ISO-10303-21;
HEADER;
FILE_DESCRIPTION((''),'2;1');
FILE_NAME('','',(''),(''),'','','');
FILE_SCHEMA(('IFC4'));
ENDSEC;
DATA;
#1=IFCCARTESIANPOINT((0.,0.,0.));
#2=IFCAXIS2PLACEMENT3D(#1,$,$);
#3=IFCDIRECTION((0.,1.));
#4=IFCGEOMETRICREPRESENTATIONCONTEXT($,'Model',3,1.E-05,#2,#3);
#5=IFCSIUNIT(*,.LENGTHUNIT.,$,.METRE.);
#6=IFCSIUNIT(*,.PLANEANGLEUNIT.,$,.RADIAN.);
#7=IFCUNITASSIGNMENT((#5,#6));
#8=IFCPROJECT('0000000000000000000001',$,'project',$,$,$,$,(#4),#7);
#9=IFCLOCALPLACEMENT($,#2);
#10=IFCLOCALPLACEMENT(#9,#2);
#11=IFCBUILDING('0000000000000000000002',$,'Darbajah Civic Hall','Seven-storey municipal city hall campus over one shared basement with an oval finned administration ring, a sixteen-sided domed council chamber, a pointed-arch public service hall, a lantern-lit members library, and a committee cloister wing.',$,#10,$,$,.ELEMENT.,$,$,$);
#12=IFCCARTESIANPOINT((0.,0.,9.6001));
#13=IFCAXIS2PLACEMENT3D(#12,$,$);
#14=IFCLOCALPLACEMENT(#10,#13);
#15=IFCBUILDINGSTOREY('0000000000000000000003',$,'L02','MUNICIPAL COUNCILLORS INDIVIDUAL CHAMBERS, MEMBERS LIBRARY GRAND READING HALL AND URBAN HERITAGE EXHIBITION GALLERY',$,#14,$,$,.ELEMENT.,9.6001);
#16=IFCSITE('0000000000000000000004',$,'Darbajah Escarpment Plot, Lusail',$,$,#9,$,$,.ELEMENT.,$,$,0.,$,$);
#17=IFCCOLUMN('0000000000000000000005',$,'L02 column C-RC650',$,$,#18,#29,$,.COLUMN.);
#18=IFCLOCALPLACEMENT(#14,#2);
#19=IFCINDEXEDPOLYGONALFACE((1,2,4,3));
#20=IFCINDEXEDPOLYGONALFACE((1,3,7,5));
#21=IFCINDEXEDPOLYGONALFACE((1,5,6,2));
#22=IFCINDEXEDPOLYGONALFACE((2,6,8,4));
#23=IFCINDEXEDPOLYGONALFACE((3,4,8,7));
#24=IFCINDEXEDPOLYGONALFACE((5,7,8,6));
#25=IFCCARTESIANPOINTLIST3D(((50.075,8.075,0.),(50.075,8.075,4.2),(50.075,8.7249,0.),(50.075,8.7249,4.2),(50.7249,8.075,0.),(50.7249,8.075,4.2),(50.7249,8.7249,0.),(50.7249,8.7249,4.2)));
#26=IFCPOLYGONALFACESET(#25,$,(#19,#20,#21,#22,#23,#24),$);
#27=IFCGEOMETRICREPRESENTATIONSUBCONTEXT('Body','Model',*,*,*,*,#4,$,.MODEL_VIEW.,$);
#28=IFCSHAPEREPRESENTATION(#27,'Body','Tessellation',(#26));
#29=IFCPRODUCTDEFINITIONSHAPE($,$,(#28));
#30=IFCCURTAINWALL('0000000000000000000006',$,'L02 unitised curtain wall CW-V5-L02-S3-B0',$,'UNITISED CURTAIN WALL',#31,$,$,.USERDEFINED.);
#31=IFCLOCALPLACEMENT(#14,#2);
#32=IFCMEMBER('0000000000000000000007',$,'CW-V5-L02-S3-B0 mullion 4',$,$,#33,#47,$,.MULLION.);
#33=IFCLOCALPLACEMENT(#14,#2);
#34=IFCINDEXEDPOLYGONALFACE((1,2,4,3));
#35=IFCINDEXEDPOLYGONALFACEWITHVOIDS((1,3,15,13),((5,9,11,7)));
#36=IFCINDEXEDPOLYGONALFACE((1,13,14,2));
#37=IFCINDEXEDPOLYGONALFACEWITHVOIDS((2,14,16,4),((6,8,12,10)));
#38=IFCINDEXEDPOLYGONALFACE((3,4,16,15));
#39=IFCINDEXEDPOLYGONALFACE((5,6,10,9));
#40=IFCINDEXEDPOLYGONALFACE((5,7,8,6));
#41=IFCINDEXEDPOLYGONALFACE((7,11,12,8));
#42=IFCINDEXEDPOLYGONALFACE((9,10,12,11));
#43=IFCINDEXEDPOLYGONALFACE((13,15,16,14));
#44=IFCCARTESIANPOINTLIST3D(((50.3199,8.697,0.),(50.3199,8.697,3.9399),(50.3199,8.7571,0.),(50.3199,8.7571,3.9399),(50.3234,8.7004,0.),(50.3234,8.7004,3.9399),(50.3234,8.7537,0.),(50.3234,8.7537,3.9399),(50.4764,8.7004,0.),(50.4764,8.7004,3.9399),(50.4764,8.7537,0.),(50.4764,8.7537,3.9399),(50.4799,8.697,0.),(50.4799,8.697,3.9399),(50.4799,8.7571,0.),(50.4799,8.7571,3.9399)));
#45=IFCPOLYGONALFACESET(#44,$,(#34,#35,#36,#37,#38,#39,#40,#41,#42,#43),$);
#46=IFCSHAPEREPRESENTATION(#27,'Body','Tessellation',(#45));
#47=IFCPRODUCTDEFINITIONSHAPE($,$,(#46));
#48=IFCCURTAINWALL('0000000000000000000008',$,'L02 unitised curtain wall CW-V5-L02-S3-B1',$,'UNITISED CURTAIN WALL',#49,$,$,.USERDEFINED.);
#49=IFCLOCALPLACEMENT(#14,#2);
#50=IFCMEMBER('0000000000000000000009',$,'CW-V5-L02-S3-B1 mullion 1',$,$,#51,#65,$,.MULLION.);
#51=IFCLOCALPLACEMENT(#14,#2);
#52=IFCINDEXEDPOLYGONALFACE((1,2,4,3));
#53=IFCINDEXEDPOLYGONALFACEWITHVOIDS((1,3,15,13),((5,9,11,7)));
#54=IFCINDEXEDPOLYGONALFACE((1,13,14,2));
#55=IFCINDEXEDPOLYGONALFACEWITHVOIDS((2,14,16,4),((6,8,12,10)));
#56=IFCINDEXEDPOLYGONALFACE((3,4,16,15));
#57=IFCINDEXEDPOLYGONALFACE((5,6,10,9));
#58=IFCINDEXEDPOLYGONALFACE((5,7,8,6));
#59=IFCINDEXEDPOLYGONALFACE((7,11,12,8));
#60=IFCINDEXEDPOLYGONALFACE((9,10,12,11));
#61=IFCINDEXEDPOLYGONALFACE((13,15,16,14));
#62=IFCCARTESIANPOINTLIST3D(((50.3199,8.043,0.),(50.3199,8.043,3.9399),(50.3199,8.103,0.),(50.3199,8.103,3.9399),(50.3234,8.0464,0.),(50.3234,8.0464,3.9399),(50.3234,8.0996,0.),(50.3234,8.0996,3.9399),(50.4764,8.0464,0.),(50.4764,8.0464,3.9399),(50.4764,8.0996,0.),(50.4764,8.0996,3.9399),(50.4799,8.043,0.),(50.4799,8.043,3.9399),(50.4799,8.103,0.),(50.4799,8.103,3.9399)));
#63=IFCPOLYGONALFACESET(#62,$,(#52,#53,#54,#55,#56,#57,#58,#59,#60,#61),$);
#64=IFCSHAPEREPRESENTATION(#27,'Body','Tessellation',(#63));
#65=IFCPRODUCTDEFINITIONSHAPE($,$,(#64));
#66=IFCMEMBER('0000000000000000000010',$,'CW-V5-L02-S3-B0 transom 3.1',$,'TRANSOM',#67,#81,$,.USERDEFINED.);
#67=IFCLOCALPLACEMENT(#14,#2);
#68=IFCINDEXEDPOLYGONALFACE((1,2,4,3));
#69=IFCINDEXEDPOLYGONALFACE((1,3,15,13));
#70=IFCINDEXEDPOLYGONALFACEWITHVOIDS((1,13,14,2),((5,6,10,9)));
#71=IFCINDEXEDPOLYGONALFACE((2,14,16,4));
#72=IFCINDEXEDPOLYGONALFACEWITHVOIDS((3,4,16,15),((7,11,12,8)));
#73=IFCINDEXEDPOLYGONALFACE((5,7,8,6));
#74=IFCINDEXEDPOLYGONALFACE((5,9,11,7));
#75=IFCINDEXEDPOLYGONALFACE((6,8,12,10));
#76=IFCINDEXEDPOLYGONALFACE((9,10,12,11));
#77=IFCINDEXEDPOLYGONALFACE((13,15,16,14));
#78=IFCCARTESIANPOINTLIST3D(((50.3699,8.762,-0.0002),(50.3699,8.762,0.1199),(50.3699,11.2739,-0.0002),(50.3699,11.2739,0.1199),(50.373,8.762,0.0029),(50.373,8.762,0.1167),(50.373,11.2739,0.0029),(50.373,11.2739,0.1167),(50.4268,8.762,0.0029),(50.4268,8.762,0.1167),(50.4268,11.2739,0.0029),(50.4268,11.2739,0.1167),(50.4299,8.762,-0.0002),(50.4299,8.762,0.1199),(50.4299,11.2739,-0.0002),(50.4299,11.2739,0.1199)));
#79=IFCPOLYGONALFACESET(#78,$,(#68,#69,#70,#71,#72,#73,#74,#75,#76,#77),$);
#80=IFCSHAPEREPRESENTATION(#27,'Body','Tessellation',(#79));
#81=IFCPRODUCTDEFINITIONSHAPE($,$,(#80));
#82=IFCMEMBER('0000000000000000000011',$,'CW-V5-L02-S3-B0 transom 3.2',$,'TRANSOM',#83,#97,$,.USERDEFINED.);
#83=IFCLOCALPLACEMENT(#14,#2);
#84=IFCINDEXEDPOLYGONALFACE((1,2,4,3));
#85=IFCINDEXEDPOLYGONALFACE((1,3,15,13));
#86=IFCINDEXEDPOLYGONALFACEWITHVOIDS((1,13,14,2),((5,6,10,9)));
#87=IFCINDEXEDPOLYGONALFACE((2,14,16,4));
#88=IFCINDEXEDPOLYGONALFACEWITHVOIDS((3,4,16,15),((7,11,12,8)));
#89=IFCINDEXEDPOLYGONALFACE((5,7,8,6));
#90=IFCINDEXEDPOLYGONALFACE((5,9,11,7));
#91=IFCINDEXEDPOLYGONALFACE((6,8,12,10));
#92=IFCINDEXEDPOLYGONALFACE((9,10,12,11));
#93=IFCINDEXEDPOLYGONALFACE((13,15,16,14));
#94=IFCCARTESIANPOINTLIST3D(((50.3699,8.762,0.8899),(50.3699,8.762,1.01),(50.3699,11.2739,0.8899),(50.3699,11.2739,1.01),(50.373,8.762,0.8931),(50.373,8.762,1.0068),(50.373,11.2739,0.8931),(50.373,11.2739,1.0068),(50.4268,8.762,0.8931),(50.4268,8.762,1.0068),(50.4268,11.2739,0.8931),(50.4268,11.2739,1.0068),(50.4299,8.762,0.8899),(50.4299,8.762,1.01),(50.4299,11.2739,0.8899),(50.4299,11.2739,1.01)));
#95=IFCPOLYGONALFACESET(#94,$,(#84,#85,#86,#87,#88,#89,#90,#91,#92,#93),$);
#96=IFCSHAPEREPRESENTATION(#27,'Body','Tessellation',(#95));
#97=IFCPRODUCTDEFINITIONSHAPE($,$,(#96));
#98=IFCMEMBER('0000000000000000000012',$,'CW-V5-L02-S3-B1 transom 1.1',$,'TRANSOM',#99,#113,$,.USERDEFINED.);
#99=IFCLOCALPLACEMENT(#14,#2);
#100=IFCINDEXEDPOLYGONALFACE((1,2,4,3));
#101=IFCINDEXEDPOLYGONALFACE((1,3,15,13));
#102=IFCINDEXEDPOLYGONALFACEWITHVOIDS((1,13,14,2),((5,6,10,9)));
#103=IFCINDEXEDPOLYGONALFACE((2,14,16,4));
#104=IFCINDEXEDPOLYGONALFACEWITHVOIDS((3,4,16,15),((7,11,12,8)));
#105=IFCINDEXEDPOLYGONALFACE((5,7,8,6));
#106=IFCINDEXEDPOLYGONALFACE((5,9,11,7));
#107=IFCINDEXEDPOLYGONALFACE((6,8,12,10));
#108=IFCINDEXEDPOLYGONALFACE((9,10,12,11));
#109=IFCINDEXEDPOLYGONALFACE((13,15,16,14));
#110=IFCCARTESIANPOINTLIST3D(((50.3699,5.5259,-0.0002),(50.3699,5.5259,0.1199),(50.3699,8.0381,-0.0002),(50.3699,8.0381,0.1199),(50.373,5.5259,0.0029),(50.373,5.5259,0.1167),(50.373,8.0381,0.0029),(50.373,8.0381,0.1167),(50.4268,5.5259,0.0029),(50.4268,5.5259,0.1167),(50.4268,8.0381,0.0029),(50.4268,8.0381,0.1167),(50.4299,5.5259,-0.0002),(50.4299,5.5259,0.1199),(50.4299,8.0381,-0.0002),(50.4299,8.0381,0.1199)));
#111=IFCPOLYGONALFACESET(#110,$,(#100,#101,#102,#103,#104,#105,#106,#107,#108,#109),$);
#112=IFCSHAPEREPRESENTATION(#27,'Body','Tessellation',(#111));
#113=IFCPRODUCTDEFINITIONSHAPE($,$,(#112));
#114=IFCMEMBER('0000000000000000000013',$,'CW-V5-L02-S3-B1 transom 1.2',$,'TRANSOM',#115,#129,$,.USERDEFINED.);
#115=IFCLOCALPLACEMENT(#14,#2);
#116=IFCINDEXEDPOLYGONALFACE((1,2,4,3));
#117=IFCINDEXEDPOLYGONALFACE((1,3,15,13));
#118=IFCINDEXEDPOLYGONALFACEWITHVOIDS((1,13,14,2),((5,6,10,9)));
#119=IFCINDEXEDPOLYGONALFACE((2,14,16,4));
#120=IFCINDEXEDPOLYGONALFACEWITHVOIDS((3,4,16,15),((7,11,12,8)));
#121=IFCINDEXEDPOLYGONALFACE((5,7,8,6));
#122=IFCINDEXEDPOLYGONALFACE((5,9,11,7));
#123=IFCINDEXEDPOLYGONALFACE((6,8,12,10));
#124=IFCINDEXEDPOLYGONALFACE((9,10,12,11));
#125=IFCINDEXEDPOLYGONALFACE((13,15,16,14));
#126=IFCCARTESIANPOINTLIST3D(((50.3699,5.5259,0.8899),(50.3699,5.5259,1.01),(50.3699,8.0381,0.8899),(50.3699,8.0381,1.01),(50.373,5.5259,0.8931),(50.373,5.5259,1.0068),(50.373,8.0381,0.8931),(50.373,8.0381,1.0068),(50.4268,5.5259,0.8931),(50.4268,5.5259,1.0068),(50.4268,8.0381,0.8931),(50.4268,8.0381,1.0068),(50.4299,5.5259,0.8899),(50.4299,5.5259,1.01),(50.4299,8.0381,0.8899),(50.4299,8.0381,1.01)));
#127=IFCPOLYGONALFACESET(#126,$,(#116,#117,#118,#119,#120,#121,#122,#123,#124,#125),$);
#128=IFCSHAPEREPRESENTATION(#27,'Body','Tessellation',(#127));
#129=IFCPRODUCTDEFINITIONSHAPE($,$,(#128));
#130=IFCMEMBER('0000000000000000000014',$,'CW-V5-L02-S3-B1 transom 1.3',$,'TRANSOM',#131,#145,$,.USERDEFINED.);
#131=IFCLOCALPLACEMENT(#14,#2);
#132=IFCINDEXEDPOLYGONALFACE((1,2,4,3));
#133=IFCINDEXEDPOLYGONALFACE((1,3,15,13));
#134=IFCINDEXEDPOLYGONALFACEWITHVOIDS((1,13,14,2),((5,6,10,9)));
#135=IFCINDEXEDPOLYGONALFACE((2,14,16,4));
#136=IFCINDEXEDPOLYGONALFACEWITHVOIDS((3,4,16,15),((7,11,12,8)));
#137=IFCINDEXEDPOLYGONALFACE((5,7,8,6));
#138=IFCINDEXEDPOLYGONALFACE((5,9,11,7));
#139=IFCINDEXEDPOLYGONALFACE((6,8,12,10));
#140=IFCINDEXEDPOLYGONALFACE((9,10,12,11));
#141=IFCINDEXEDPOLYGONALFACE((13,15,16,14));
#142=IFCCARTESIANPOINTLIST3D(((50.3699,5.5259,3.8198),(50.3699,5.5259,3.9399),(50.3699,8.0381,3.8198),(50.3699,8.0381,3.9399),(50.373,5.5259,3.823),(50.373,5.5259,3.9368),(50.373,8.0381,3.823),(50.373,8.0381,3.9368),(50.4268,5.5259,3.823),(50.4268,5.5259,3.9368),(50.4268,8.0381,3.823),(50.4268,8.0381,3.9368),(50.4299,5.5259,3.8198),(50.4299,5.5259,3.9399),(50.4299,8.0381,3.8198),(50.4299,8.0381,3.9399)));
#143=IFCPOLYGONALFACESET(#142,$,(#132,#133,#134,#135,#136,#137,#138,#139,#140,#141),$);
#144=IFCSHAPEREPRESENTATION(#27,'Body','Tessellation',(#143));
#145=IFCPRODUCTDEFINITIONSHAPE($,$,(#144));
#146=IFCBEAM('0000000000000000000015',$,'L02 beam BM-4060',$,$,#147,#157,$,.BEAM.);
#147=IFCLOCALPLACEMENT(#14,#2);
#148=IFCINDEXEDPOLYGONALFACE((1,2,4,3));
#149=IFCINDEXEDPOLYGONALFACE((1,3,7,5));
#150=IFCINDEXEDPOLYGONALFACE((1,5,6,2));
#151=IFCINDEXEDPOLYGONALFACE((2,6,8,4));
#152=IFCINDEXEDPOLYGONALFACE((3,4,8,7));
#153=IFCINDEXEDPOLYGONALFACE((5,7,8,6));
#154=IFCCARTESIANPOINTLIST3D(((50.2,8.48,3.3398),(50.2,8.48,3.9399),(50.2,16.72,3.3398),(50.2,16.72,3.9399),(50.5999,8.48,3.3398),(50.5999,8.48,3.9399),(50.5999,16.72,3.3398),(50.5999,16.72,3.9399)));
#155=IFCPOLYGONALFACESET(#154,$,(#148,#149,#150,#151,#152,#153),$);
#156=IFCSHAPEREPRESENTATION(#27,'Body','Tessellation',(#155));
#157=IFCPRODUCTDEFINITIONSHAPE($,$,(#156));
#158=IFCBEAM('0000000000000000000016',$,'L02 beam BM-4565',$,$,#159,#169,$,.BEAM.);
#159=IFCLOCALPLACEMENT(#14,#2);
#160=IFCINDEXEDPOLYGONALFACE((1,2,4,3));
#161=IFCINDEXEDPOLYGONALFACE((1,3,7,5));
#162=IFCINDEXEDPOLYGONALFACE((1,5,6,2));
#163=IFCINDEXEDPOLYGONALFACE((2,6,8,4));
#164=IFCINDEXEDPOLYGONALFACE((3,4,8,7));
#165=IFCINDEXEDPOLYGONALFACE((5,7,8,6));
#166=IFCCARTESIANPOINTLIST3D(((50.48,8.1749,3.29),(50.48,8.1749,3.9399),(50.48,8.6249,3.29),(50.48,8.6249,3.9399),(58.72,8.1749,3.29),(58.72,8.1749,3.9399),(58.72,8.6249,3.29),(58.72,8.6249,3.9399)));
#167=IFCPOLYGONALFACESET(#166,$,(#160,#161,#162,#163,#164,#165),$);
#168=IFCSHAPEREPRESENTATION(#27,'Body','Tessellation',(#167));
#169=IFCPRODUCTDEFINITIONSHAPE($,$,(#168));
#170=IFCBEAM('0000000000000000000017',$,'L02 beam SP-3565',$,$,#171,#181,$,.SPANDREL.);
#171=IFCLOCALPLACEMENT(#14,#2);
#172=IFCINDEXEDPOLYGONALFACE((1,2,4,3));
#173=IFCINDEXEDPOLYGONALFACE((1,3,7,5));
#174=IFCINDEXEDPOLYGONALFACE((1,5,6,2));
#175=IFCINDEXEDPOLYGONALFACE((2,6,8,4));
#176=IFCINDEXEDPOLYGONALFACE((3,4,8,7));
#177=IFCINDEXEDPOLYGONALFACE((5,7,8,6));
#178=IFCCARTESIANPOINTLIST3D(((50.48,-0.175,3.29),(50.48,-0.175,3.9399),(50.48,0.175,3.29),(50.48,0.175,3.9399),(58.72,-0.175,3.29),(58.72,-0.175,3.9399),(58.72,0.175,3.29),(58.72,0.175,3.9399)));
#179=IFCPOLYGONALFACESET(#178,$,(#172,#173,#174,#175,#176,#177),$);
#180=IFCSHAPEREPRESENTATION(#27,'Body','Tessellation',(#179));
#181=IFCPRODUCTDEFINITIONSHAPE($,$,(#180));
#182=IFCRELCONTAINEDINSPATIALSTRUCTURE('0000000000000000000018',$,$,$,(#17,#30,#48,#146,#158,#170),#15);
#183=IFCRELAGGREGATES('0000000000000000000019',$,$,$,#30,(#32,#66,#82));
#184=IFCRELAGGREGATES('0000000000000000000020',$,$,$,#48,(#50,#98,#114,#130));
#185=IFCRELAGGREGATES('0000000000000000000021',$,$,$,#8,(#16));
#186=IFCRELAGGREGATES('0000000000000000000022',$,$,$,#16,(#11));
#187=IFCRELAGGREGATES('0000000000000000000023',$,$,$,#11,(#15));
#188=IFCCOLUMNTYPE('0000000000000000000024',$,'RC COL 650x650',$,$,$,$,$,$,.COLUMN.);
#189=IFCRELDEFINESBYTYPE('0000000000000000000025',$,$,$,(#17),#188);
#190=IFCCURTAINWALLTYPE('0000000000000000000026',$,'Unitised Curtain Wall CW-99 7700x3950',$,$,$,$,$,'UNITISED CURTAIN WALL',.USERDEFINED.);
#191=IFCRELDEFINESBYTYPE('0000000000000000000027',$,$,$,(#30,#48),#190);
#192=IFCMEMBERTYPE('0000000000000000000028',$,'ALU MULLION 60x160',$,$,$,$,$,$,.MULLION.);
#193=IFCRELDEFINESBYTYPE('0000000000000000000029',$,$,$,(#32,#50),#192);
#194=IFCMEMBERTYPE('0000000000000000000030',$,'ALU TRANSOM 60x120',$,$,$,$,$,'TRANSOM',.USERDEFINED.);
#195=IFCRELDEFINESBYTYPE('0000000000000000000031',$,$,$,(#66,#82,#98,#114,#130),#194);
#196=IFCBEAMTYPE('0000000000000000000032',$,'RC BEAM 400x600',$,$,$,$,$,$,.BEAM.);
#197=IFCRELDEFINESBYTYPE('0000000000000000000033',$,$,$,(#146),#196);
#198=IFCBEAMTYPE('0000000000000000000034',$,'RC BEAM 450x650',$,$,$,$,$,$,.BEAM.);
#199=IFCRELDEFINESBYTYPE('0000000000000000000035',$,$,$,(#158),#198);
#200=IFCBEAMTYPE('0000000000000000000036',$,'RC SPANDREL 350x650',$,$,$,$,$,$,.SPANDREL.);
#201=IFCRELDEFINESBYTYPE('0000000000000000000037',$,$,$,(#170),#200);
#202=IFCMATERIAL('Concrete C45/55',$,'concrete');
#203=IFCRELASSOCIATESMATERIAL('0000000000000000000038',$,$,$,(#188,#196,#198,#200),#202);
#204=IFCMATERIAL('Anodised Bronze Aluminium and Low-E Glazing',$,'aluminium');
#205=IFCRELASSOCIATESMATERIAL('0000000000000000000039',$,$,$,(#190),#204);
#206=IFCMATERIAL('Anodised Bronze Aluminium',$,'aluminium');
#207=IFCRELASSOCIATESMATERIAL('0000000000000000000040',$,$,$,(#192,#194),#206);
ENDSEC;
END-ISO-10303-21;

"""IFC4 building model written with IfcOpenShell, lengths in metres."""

from ifc_helpers import new_model, si_unit, direction, frame, origin, origin_2d, place, context, subcontext, project, spatial, rectangle, hollow_rectangle, extrude, material, material_profile, profile_set, type_object, element, aggregate, save


model = new_model("IFC4")

# Units and contexts
model_context = context("Model", 3, precision=1e-05, world=origin(), true_north=direction((0.0, 1.0)))
body_context = subcontext(model_context, "Body", "Model", "MODEL_VIEW")
ifc_project = project(units=[si_unit("LENGTHUNIT", "METRE"), si_unit("PLANEANGLEUNIT", "RADIAN")], contexts=[model_context])

# Site, building, storey
site_placement = place(None, origin())
site = spatial("IfcSite", under=ifc_project, at=site_placement, Name="Darbajah Escarpment Plot, Lusail", CompositionType="ELEMENT", RefElevation=0.0)
building_placement = place(site_placement, origin())
building = spatial("IfcBuilding", under=site, at=building_placement, Name="Darbajah Civic Hall", Description="Seven-storey municipal city hall campus over one shared basement with an oval finned administration ring, a sixteen-sided domed council chamber, a pointed-arch public service hall, a lantern-lit members library, and a committee cloister wing.", CompositionType="ELEMENT")
storey_placement = place(building_placement, frame((0.0, 0.0, 9.6001)))
storey = spatial("IfcBuildingStorey", under=building, at=storey_placement, Name="L02", Description="MUNICIPAL COUNCILLORS INDIVIDUAL CHAMBERS, MEMBERS LIBRARY GRAND READING HALL AND URBAN HERITAGE EXHIBITION GALLERY", CompositionType="ELEMENT", Elevation=9.6001)

# Column
ifc_material_1 = material(Name="Concrete C45/55", Category="concrete")
ifc_material_profile_1 = material_profile(ifc_material_1, rectangle(XDim=0.6499, YDim=0.6499, at=origin_2d()), Name="RC COL 650x650")
ifc_profile_set_1 = profile_set([ifc_material_profile_1], Name="Concrete C45/55")
column_type = type_object("IfcColumnType", Name="RC COL 650x650", PredefinedType="COLUMN", material=ifc_profile_set_1)
column_placement = place(storey_placement, frame((50.3999, 8.3999, 0.0), z_axis=(0.0, 0.0, 1.0), x_axis=(1.0, 0.0, 0.0)))
element("IfcColumn", 1, at=column_placement, inside=storey, type_object=column_type, Name="L02 column C-RC650", PredefinedType="COLUMN", context=body_context, shape_type="SweptSolid", body=[
    extrude(rectangle(XDim=0.6499, YDim=0.6499, at=origin_2d()), origin(), (0.0, 0.0, 1.0), 4.2),
])

# Curtain walls, members
ifc_material_2 = material(Name="Anodised Bronze Aluminium and Low-E Glazing", Category="aluminium")
curtain_wall_type = type_object("IfcCurtainWallType", Name="Unitised Curtain Wall CW-99 7700x3950", ElementType="UNITISED CURTAIN WALL", PredefinedType="USERDEFINED", material=ifc_material_2)
curtain_wall_1_placement = place(storey_placement, origin())
curtain_wall_1 = element("IfcCurtainWall", 2, at=curtain_wall_1_placement, inside=storey, type_object=curtain_wall_type, Name="L02 unitised curtain wall CW-V5-L02-S3-B0", ObjectType="UNITISED CURTAIN WALL", PredefinedType="USERDEFINED")
ifc_material_3 = material(Name="Anodised Bronze Aluminium", Category="aluminium")
ifc_material_profile_2 = material_profile(ifc_material_3, hollow_rectangle(XDim=0.0601, YDim=0.1599, WallThickness=0.0034, at=origin_2d()), Name="ALU MULLION 60x160")
ifc_profile_set_2 = profile_set([ifc_material_profile_2], Name="Anodised Bronze Aluminium")
member_type_1 = type_object("IfcMemberType", Name="ALU MULLION 60x160", PredefinedType="MULLION", material=ifc_profile_set_2)
member_1_placement = place(storey_placement, frame((50.3999, 8.7271, 0.0), z_axis=(0.0, 0.0, 1.0), x_axis=(0.0, -1.0, 0.0)))
member_1 = element("IfcMember", 3, at=member_1_placement, type_object=member_type_1, Name="CW-V5-L02-S3-B0 mullion 4", PredefinedType="MULLION", context=body_context, shape_type="SweptSolid", body=[
    extrude(hollow_rectangle(XDim=0.0601, YDim=0.1599, WallThickness=0.0034, at=origin_2d()), origin(), (0.0, 0.0, 1.0), 3.9399),
])
curtain_wall_2_placement = place(storey_placement, origin())
curtain_wall_2 = element("IfcCurtainWall", 4, at=curtain_wall_2_placement, inside=storey, type_object=curtain_wall_type, Name="L02 unitised curtain wall CW-V5-L02-S3-B1", ObjectType="UNITISED CURTAIN WALL", PredefinedType="USERDEFINED")
member_2_placement = place(storey_placement, frame((50.3999, 8.073, 0.0), z_axis=(0.0, 0.0, 1.0), x_axis=(0.0, -1.0, 0.0)))
member_2 = element("IfcMember", 5, at=member_2_placement, type_object=member_type_1, Name="CW-V5-L02-S3-B1 mullion 1", PredefinedType="MULLION", context=body_context, shape_type="SweptSolid", body=[
    extrude(hollow_rectangle(XDim=0.0601, YDim=0.1599, WallThickness=0.0034, at=origin_2d()), origin(), (0.0, 0.0, 1.0), 3.9399),
])

# Members
ifc_material_profile_3 = material_profile(ifc_material_3, hollow_rectangle(XDim=0.0601, YDim=0.1201, WallThickness=0.0032, at=origin_2d()), Name="ALU TRANSOM 60x120")
ifc_profile_set_3 = profile_set([ifc_material_profile_3], Name="Anodised Bronze Aluminium")
member_type_2 = type_object("IfcMemberType", Name="ALU TRANSOM 60x120", ElementType="TRANSOM", PredefinedType="USERDEFINED", material=ifc_profile_set_3)
member_3_placement = place(storey_placement, frame((50.3999, 11.2739, 0.0598), z_axis=(0.0, -1.0, 0.0), x_axis=(1.0, 0.0, 0.0)))
member_3 = element("IfcMember", 6, at=member_3_placement, type_object=member_type_2, Name="CW-V5-L02-S3-B0 transom 3.1", ObjectType="TRANSOM", PredefinedType="USERDEFINED", context=body_context, shape_type="SweptSolid", body=[
    extrude(hollow_rectangle(XDim=0.0601, YDim=0.1201, WallThickness=0.0032, at=origin_2d()), origin(), (0.0, 0.0, 1.0), 2.512),
])
member_4_placement = place(storey_placement, frame((50.3999, 11.2739, 0.95), z_axis=(0.0, -1.0, 0.0), x_axis=(1.0, 0.0, 0.0)))
member_4 = element("IfcMember", 7, at=member_4_placement, type_object=member_type_2, Name="CW-V5-L02-S3-B0 transom 3.2", ObjectType="TRANSOM", PredefinedType="USERDEFINED", context=body_context, shape_type="SweptSolid", body=[
    extrude(hollow_rectangle(XDim=0.0601, YDim=0.1201, WallThickness=0.0032, at=origin_2d()), origin(), (0.0, 0.0, 1.0), 2.512),
])
member_5_placement = place(storey_placement, frame((50.3999, 8.0381, 0.0598), z_axis=(0.0, -1.0, 0.0), x_axis=(1.0, 0.0, 0.0)))
member_5 = element("IfcMember", 8, at=member_5_placement, type_object=member_type_2, Name="CW-V5-L02-S3-B1 transom 1.1", ObjectType="TRANSOM", PredefinedType="USERDEFINED", context=body_context, shape_type="SweptSolid", body=[
    extrude(hollow_rectangle(XDim=0.0601, YDim=0.1201, WallThickness=0.0032, at=origin_2d()), origin(), (0.0, 0.0, 1.0), 2.5122),
])
member_6_placement = place(storey_placement, frame((50.3999, 8.0381, 0.95), z_axis=(0.0, -1.0, 0.0), x_axis=(1.0, 0.0, 0.0)))
member_6 = element("IfcMember", 9, at=member_6_placement, type_object=member_type_2, Name="CW-V5-L02-S3-B1 transom 1.2", ObjectType="TRANSOM", PredefinedType="USERDEFINED", context=body_context, shape_type="SweptSolid", body=[
    extrude(hollow_rectangle(XDim=0.0601, YDim=0.1201, WallThickness=0.0032, at=origin_2d()), origin(), (0.0, 0.0, 1.0), 2.5122),
])
member_7_placement = place(storey_placement, frame((50.3999, 8.0381, 3.8799), z_axis=(0.0, -1.0, 0.0), x_axis=(1.0, 0.0, 0.0)))
member_7 = element("IfcMember", 10, at=member_7_placement, type_object=member_type_2, Name="CW-V5-L02-S3-B1 transom 1.3", ObjectType="TRANSOM", PredefinedType="USERDEFINED", context=body_context, shape_type="SweptSolid", body=[
    extrude(hollow_rectangle(XDim=0.0601, YDim=0.1201, WallThickness=0.0032, at=origin_2d()), origin(), (0.0, 0.0, 1.0), 2.5122),
])

# Beams
ifc_material_profile_4 = material_profile(ifc_material_1, rectangle(XDim=0.3999, YDim=0.6001, at=origin_2d()), Name="RC BEAM 400x600")
ifc_profile_set_4 = profile_set([ifc_material_profile_4], Name="Concrete C45/55")
beam_type_1 = type_object("IfcBeamType", Name="RC BEAM 400x600", PredefinedType="BEAM", material=ifc_profile_set_4)
beam_1_placement = place(storey_placement, frame((50.3999, 8.48, 3.6399), z_axis=(0.0, 1.0, 0.0), x_axis=(-1.0, 0.0, 0.0)))
element("IfcBeam", 11, at=beam_1_placement, inside=storey, type_object=beam_type_1, Name="L02 beam BM-4060", PredefinedType="BEAM", context=body_context, shape_type="SweptSolid", body=[
    extrude(rectangle(XDim=0.3999, YDim=0.6001, at=origin_2d()), origin(), (0.0, 0.0, 1.0), 8.24),
])
ifc_material_profile_5 = material_profile(ifc_material_1, rectangle(XDim=0.45, YDim=0.6499, at=origin_2d()), Name="RC BEAM 450x650")
ifc_profile_set_5 = profile_set([ifc_material_profile_5], Name="Concrete C45/55")
beam_type_2 = type_object("IfcBeamType", Name="RC BEAM 450x650", PredefinedType="BEAM", material=ifc_profile_set_5)
beam_2_placement = place(storey_placement, frame((50.48, 8.3999, 3.615), z_axis=(1.0, 0.0, 0.0), x_axis=(0.0, 1.0, 0.0)))
element("IfcBeam", 12, at=beam_2_placement, inside=storey, type_object=beam_type_2, Name="L02 beam BM-4565", PredefinedType="BEAM", context=body_context, shape_type="SweptSolid", body=[
    extrude(rectangle(XDim=0.45, YDim=0.6499, at=origin_2d()), origin(), (0.0, 0.0, 1.0), 8.24),
])
ifc_material_profile_6 = material_profile(ifc_material_1, rectangle(XDim=0.3501, YDim=0.6499, at=origin_2d()), Name="RC SPANDREL 350x650")
ifc_profile_set_6 = profile_set([ifc_material_profile_6], Name="Concrete C45/55")
beam_type_3 = type_object("IfcBeamType", Name="RC SPANDREL 350x650", PredefinedType="SPANDREL", material=ifc_profile_set_6)
beam_3_placement = place(storey_placement, frame((50.48, 0.0, 3.615), z_axis=(1.0, 0.0, 0.0), x_axis=(0.0, 1.0, 0.0)))
element("IfcBeam", 13, at=beam_3_placement, inside=storey, type_object=beam_type_3, Name="L02 beam SP-3565", PredefinedType="SPANDREL", context=body_context, shape_type="SweptSolid", body=[
    extrude(rectangle(XDim=0.3501, YDim=0.6499, at=origin_2d()), origin(), (0.0, 0.0, 1.0), 8.24),
])

aggregate(curtain_wall_1, [member_1, member_3, member_4])
aggregate(curtain_wall_2, [member_2, member_5, member_6, member_7])

save(model, "model.ifc")
